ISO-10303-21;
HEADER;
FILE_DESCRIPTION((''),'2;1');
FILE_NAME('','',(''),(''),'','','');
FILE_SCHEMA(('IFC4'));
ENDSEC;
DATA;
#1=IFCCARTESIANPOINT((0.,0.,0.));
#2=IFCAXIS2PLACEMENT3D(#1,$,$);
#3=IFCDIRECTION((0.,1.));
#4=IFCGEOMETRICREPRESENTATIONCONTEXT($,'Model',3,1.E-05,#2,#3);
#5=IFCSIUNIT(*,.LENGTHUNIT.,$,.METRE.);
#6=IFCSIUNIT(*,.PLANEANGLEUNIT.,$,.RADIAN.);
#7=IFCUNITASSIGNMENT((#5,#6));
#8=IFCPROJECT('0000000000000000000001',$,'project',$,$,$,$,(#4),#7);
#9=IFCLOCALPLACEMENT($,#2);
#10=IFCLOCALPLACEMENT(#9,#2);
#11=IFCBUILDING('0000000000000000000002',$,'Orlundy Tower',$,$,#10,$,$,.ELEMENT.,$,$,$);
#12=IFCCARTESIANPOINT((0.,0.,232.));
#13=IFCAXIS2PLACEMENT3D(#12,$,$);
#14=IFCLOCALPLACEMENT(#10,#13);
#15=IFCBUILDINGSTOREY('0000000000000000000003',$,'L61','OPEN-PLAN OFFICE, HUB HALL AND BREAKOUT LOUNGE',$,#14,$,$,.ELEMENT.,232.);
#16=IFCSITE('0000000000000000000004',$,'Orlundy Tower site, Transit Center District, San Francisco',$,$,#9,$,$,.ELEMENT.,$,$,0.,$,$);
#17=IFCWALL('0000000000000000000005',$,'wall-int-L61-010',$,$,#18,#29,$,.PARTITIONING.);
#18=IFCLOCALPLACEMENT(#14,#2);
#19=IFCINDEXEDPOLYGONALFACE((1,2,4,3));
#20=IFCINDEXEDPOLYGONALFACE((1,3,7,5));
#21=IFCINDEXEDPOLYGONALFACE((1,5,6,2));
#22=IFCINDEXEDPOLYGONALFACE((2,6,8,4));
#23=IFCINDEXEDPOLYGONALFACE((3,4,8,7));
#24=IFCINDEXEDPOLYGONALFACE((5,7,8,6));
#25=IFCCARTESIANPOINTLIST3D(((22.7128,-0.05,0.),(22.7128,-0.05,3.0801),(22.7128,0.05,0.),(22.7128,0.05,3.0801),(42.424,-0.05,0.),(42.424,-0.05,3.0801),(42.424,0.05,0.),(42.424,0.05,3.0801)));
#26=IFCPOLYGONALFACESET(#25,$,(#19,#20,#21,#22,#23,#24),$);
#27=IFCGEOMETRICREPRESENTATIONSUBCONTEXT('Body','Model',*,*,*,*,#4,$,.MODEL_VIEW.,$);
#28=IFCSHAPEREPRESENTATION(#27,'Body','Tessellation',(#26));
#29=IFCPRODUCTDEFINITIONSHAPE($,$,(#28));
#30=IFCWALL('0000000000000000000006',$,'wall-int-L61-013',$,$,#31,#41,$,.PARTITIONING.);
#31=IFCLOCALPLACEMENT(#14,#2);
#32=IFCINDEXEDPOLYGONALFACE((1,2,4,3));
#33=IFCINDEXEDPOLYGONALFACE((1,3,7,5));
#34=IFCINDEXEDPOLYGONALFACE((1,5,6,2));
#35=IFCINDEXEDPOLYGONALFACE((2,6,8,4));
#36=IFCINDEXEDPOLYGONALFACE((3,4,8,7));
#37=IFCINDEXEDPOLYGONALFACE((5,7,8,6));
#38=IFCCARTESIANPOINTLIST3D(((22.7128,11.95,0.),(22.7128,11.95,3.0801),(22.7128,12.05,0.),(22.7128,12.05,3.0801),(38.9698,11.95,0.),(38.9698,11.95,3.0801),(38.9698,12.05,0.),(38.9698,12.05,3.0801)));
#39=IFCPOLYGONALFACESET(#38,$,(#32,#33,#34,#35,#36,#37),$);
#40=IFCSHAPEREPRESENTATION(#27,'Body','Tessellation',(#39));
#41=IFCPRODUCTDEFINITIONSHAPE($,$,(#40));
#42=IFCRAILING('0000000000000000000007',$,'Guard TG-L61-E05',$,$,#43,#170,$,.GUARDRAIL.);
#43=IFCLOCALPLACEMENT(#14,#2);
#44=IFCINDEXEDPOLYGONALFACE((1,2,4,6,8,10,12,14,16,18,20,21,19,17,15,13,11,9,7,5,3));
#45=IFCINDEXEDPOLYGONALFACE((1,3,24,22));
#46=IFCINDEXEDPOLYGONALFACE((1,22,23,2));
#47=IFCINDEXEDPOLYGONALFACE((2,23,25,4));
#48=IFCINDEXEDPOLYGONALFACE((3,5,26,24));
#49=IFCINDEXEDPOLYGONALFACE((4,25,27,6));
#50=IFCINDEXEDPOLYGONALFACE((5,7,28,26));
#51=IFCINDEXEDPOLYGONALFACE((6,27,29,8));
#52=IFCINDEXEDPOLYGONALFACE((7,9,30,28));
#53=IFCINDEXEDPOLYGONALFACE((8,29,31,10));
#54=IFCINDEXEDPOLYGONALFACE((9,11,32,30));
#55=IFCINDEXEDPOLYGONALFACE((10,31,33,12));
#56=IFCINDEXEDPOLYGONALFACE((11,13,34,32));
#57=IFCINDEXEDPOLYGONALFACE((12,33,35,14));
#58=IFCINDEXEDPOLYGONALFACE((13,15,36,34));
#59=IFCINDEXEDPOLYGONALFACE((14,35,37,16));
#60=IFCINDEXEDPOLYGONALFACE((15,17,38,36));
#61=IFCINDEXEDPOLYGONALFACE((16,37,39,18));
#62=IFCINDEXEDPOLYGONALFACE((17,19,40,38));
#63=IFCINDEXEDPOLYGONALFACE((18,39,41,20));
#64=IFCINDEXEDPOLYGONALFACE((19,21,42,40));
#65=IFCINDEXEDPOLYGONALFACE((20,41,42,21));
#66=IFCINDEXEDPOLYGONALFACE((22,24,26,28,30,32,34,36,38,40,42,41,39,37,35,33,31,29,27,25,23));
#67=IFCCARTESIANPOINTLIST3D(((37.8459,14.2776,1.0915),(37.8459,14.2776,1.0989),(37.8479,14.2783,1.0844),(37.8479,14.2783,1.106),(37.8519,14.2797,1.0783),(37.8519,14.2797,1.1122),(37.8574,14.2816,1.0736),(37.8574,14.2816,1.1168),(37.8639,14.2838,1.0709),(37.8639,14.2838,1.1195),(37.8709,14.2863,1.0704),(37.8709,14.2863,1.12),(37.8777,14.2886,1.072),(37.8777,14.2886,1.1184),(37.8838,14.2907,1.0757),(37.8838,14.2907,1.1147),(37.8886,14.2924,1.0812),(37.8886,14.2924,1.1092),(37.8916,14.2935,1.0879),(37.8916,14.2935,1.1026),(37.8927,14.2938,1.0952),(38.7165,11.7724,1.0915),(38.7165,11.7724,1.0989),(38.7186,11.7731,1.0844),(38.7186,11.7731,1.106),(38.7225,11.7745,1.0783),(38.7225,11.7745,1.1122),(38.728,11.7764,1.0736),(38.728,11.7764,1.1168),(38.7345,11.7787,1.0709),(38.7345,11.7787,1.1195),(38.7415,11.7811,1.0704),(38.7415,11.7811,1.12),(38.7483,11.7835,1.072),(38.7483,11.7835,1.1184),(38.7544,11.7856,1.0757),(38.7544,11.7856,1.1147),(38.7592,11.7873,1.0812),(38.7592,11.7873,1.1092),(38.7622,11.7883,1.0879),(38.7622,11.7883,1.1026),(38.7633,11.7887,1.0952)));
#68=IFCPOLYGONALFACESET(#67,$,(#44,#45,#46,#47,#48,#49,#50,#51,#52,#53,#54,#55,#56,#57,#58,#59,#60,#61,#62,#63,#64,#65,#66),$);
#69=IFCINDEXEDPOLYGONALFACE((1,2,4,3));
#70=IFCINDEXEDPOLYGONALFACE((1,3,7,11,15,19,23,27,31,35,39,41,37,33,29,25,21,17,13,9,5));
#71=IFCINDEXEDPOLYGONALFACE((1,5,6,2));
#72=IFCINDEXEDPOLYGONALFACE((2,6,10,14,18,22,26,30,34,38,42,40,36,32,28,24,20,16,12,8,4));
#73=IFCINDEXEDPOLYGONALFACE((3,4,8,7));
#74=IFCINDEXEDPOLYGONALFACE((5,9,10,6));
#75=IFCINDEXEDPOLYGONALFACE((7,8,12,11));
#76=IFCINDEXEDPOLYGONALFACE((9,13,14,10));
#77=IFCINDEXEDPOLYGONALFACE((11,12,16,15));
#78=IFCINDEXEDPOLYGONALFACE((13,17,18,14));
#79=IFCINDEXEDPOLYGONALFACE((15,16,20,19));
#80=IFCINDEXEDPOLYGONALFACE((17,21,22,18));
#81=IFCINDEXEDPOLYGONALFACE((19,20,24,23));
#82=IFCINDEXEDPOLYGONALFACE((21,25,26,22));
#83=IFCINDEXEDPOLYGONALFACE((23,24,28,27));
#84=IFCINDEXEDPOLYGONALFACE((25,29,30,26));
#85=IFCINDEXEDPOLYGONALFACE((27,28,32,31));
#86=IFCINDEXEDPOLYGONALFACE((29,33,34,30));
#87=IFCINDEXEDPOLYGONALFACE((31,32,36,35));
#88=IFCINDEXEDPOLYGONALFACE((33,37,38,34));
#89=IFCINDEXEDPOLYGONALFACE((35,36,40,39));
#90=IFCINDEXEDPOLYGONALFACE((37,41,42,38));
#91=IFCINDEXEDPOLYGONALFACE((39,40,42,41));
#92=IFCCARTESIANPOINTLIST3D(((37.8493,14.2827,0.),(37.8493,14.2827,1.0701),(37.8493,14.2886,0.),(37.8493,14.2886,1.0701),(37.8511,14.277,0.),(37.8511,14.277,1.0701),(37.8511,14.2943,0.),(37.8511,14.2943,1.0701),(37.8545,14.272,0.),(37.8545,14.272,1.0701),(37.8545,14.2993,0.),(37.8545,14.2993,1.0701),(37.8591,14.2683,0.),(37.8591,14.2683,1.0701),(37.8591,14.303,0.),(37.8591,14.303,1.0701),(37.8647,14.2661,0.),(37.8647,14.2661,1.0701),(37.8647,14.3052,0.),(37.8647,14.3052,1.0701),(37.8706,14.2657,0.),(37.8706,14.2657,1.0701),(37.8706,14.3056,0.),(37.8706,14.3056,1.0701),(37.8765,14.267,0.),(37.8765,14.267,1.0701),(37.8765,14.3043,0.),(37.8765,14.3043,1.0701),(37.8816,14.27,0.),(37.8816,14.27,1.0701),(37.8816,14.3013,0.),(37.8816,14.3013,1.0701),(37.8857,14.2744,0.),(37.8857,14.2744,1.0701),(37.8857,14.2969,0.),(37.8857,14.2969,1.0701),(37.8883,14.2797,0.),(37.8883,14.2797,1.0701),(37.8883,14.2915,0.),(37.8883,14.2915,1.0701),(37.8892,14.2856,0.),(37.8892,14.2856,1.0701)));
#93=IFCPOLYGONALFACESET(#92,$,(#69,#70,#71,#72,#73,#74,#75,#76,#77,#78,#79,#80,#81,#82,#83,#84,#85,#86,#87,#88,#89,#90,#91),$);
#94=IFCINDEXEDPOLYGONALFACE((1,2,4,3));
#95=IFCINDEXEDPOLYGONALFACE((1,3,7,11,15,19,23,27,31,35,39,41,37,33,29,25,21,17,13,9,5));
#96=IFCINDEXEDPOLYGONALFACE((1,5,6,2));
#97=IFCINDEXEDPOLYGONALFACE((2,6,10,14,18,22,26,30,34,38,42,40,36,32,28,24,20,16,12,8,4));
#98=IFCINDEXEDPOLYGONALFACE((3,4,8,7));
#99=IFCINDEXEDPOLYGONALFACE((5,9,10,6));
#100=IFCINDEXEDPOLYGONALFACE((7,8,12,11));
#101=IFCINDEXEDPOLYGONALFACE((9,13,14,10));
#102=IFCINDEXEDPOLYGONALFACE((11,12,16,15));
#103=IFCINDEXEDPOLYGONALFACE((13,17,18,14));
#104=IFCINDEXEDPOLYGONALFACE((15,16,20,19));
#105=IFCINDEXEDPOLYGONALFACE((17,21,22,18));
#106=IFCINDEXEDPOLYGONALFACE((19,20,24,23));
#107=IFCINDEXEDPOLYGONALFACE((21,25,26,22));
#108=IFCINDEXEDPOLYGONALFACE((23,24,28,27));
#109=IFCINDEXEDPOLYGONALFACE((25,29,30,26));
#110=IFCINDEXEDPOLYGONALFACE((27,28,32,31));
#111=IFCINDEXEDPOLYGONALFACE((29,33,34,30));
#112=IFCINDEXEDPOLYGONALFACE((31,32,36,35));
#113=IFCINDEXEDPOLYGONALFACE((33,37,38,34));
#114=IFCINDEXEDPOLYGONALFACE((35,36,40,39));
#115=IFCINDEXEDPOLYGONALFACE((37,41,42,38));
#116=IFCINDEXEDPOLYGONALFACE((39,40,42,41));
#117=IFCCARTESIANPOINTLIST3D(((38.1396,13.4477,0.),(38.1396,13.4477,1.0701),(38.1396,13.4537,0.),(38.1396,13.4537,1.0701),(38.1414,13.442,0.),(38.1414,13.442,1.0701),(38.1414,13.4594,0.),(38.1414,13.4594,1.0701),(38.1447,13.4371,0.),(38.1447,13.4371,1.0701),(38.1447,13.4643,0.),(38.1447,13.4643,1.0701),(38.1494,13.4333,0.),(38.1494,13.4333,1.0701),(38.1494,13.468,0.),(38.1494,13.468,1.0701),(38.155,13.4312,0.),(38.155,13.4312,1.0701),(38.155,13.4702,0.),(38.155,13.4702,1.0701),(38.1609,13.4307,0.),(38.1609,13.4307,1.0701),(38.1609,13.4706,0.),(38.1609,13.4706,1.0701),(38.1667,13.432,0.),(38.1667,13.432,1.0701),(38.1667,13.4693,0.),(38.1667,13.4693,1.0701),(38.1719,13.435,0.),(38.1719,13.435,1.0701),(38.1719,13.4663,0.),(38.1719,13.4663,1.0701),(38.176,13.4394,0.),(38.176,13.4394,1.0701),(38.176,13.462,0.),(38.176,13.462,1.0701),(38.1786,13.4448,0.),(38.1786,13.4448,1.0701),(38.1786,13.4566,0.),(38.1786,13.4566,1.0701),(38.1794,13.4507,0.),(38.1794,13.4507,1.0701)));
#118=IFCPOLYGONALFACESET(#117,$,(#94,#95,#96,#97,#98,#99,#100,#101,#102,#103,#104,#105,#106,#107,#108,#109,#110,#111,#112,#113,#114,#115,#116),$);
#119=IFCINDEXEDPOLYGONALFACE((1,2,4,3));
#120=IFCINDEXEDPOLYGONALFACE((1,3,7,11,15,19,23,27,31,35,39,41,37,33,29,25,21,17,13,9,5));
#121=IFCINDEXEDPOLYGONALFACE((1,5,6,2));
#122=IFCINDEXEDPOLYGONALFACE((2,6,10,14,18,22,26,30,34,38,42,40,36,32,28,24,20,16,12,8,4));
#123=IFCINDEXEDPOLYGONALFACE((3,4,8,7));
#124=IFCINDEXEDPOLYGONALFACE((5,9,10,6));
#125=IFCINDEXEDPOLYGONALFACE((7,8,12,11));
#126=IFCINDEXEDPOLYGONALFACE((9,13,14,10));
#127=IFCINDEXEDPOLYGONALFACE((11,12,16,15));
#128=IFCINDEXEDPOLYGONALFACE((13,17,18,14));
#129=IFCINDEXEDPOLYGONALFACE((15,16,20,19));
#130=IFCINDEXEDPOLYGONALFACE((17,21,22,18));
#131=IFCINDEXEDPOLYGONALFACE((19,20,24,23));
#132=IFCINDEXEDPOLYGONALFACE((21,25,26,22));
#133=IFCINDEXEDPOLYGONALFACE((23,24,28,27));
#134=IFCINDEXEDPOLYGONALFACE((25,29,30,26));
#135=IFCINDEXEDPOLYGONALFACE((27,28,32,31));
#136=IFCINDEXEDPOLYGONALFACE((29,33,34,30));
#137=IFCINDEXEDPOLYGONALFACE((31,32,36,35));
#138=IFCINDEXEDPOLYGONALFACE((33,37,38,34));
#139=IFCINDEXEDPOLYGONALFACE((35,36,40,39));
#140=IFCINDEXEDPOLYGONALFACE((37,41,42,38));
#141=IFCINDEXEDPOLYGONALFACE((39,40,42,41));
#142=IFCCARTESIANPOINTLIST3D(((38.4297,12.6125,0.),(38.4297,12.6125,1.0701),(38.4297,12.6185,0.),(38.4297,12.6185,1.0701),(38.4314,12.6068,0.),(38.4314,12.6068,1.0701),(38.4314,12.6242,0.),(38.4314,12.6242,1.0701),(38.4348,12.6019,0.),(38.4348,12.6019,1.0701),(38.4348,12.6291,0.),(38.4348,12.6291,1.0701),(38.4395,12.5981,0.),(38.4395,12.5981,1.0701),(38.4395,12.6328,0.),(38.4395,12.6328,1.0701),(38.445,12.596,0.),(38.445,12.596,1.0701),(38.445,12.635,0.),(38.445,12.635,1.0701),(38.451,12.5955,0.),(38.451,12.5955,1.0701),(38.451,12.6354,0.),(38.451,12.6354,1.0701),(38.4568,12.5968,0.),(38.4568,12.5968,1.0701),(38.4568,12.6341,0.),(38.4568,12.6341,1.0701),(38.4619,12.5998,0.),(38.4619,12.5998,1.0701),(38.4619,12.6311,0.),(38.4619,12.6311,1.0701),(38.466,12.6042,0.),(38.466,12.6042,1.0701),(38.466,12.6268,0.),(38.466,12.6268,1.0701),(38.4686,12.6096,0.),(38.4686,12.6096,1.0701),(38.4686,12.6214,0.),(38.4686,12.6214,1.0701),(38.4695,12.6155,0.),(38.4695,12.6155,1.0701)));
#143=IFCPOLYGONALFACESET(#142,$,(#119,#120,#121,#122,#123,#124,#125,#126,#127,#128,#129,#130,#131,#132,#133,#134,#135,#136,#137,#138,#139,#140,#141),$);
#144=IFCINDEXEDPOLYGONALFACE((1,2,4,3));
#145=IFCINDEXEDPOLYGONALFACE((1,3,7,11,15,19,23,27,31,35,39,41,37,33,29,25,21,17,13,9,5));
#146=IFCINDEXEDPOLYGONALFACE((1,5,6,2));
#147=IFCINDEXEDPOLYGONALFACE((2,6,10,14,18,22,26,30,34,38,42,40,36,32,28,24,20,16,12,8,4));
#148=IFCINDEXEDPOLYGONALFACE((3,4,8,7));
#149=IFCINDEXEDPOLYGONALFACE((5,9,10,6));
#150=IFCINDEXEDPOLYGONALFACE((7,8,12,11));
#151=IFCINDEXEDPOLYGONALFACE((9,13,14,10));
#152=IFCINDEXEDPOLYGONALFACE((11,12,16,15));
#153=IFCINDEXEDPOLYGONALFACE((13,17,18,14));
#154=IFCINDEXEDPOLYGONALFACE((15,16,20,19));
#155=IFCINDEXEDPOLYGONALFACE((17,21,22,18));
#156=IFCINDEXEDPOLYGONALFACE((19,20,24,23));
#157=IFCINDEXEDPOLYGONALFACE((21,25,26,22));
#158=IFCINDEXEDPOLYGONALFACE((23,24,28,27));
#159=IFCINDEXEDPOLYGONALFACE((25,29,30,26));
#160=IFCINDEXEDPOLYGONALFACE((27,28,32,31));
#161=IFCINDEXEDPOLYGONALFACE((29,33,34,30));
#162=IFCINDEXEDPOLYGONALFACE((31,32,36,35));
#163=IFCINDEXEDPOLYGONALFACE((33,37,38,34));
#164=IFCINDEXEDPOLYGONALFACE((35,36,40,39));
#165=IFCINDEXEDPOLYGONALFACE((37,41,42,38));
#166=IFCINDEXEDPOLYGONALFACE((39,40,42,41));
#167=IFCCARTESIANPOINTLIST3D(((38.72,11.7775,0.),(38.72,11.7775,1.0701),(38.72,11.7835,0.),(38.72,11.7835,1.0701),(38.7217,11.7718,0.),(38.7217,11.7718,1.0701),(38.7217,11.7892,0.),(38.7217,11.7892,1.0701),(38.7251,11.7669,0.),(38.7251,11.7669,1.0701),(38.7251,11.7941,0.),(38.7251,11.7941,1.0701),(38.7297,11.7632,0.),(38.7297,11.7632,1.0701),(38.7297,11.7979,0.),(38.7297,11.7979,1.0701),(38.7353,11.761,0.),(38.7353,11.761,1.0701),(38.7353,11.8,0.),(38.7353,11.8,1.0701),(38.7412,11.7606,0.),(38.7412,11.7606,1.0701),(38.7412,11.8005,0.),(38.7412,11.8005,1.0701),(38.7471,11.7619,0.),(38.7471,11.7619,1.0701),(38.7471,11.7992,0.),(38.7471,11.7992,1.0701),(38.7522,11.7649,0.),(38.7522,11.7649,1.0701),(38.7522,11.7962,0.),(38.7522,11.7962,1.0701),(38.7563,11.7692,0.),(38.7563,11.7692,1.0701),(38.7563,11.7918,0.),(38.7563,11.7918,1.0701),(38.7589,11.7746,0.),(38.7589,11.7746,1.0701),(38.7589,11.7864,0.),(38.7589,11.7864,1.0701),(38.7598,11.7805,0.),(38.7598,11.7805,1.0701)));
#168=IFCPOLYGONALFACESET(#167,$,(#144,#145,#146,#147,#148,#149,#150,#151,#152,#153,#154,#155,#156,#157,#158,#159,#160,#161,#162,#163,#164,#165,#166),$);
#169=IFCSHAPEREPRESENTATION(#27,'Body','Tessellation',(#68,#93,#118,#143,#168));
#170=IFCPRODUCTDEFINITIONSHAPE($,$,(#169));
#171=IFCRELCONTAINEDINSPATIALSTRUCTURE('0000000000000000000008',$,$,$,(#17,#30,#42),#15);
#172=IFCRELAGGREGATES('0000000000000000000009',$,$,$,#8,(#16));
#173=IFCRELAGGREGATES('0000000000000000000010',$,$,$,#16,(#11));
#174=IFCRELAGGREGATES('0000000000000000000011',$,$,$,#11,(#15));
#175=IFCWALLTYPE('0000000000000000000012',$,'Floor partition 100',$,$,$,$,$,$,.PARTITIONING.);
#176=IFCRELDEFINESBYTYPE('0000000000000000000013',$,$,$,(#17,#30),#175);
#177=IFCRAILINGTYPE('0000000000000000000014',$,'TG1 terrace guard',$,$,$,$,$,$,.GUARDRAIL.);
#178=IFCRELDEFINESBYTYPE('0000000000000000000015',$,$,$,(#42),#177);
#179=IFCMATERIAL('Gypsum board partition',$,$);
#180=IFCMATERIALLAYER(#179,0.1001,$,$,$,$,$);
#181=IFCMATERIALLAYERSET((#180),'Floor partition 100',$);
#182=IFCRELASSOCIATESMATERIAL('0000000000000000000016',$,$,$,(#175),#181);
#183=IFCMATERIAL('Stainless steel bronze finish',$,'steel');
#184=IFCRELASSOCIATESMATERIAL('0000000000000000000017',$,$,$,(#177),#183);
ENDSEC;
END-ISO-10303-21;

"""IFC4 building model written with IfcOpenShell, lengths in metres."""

from ifc_helpers import new_model, si_unit, direction, frame, frame_2d, origin, origin_2d, place, context, subcontext, project, spatial, rectangle, circle, extrude, material, layer, layer_set, type_object, element, save


model = new_model("IFC4")

# Units and contexts
model_context = context("Model", 3, precision=1e-05, world=origin(), true_north=direction((0.0, 1.0)))
body_context = subcontext(model_context, "Body", "Model", "MODEL_VIEW")
ifc_project = project(units=[si_unit("LENGTHUNIT", "METRE"), si_unit("PLANEANGLEUNIT", "RADIAN")], contexts=[model_context])

# Site, building, storey
site_placement = place(None, origin())
site = spatial("IfcSite", under=ifc_project, at=site_placement, Name="Orlundy Tower site, Transit Center District, San Francisco", CompositionType="ELEMENT", RefElevation=0.0)
building_placement = place(site_placement, origin())
building = spatial("IfcBuilding", under=site, at=building_placement, Name="Orlundy Tower", CompositionType="ELEMENT")
storey_placement = place(building_placement, frame((0.0, 0.0, 232.0)))
storey = spatial("IfcBuildingStorey", under=building, at=storey_placement, Name="L61", Description="OPEN-PLAN OFFICE, HUB HALL AND BREAKOUT LOUNGE", CompositionType="ELEMENT", Elevation=232.0)

# Walls
ifc_material_1 = material(Name="Gypsum board partition")
ifc_layer_1 = layer(ifc_material_1, 0.1001)
ifc_layer_set_1 = layer_set([ifc_layer_1], Name="Floor partition 100")
wall_type = type_object("IfcWallType", Name="Floor partition 100", PredefinedType="PARTITIONING", material=ifc_layer_set_1)
wall_1_placement = place(storey_placement, frame((22.7129, 0.0, 0.0), z_axis=(0.0, 0.0, 1.0), x_axis=(1.0, 0.0, 0.0)))
element("IfcWall", 1, at=wall_1_placement, inside=storey, type_object=wall_type, Name="wall-int-L61-010", PredefinedType="PARTITIONING", context=body_context, shape_type="SweptSolid", body=[
    extrude(rectangle(XDim=19.7112, YDim=0.1001, at=frame_2d((9.8555, 0.0))), origin(), (0.0, 0.0, 1.0), 3.0801),
])
wall_2_placement = place(storey_placement, frame((22.7129, 12.0, 0.0), z_axis=(0.0, 0.0, 1.0), x_axis=(1.0, 0.0, 0.0)))
element("IfcWall", 2, at=wall_2_placement, inside=storey, type_object=wall_type, Name="wall-int-L61-013", PredefinedType="PARTITIONING", context=body_context, shape_type="SweptSolid", body=[
    extrude(rectangle(XDim=16.2571, YDim=0.1001, at=frame_2d((8.1284, 0.0))), origin(), (0.0, 0.0, 1.0), 3.0801),
])

# Railing
ifc_material_2 = material(Name="Stainless steel bronze finish", Category="steel")
railing_type = type_object("IfcRailingType", Name="TG1 terrace guard", PredefinedType="GUARDRAIL", material=ifc_material_2)
railing_1_placement = place(storey_placement, frame((37.8691, 14.2856, 0.0)))
element("IfcRailing", 3, at=railing_1_placement, inside=storey, type_object=railing_type, Name="Guard TG-L61-E05", PredefinedType="GUARDRAIL", context=body_context, shape_type="SweptSolid", body=[
    extrude(circle(Radius=0.0249, at=origin_2d()), frame((0.0, 0.0, 1.0952), z_axis=(0.328271, -0.944584, 0.0), x_axis=(0.944584, 0.328271, 0.0)), (0.0, 0.0, 1.0), 2.6521),
    extrude(circle(Radius=0.02, at=origin_2d()), origin(), (0.0, 0.0, 1.0), 1.0701),
    extrude(circle(Radius=0.02, at=origin_2d()), frame((0.2903, -0.835, 0.0)), (0.0, 0.0, 1.0), 1.0701),
    extrude(circle(Radius=0.02, at=origin_2d()), frame((0.5803, -1.6702, 0.0)), (0.0, 0.0, 1.0), 1.0701),
    extrude(circle(Radius=0.02, at=origin_2d()), frame((0.8706, -2.5051, 0.0)), (0.0, 0.0, 1.0), 1.0701),
])

save(model, "model.ifc")
